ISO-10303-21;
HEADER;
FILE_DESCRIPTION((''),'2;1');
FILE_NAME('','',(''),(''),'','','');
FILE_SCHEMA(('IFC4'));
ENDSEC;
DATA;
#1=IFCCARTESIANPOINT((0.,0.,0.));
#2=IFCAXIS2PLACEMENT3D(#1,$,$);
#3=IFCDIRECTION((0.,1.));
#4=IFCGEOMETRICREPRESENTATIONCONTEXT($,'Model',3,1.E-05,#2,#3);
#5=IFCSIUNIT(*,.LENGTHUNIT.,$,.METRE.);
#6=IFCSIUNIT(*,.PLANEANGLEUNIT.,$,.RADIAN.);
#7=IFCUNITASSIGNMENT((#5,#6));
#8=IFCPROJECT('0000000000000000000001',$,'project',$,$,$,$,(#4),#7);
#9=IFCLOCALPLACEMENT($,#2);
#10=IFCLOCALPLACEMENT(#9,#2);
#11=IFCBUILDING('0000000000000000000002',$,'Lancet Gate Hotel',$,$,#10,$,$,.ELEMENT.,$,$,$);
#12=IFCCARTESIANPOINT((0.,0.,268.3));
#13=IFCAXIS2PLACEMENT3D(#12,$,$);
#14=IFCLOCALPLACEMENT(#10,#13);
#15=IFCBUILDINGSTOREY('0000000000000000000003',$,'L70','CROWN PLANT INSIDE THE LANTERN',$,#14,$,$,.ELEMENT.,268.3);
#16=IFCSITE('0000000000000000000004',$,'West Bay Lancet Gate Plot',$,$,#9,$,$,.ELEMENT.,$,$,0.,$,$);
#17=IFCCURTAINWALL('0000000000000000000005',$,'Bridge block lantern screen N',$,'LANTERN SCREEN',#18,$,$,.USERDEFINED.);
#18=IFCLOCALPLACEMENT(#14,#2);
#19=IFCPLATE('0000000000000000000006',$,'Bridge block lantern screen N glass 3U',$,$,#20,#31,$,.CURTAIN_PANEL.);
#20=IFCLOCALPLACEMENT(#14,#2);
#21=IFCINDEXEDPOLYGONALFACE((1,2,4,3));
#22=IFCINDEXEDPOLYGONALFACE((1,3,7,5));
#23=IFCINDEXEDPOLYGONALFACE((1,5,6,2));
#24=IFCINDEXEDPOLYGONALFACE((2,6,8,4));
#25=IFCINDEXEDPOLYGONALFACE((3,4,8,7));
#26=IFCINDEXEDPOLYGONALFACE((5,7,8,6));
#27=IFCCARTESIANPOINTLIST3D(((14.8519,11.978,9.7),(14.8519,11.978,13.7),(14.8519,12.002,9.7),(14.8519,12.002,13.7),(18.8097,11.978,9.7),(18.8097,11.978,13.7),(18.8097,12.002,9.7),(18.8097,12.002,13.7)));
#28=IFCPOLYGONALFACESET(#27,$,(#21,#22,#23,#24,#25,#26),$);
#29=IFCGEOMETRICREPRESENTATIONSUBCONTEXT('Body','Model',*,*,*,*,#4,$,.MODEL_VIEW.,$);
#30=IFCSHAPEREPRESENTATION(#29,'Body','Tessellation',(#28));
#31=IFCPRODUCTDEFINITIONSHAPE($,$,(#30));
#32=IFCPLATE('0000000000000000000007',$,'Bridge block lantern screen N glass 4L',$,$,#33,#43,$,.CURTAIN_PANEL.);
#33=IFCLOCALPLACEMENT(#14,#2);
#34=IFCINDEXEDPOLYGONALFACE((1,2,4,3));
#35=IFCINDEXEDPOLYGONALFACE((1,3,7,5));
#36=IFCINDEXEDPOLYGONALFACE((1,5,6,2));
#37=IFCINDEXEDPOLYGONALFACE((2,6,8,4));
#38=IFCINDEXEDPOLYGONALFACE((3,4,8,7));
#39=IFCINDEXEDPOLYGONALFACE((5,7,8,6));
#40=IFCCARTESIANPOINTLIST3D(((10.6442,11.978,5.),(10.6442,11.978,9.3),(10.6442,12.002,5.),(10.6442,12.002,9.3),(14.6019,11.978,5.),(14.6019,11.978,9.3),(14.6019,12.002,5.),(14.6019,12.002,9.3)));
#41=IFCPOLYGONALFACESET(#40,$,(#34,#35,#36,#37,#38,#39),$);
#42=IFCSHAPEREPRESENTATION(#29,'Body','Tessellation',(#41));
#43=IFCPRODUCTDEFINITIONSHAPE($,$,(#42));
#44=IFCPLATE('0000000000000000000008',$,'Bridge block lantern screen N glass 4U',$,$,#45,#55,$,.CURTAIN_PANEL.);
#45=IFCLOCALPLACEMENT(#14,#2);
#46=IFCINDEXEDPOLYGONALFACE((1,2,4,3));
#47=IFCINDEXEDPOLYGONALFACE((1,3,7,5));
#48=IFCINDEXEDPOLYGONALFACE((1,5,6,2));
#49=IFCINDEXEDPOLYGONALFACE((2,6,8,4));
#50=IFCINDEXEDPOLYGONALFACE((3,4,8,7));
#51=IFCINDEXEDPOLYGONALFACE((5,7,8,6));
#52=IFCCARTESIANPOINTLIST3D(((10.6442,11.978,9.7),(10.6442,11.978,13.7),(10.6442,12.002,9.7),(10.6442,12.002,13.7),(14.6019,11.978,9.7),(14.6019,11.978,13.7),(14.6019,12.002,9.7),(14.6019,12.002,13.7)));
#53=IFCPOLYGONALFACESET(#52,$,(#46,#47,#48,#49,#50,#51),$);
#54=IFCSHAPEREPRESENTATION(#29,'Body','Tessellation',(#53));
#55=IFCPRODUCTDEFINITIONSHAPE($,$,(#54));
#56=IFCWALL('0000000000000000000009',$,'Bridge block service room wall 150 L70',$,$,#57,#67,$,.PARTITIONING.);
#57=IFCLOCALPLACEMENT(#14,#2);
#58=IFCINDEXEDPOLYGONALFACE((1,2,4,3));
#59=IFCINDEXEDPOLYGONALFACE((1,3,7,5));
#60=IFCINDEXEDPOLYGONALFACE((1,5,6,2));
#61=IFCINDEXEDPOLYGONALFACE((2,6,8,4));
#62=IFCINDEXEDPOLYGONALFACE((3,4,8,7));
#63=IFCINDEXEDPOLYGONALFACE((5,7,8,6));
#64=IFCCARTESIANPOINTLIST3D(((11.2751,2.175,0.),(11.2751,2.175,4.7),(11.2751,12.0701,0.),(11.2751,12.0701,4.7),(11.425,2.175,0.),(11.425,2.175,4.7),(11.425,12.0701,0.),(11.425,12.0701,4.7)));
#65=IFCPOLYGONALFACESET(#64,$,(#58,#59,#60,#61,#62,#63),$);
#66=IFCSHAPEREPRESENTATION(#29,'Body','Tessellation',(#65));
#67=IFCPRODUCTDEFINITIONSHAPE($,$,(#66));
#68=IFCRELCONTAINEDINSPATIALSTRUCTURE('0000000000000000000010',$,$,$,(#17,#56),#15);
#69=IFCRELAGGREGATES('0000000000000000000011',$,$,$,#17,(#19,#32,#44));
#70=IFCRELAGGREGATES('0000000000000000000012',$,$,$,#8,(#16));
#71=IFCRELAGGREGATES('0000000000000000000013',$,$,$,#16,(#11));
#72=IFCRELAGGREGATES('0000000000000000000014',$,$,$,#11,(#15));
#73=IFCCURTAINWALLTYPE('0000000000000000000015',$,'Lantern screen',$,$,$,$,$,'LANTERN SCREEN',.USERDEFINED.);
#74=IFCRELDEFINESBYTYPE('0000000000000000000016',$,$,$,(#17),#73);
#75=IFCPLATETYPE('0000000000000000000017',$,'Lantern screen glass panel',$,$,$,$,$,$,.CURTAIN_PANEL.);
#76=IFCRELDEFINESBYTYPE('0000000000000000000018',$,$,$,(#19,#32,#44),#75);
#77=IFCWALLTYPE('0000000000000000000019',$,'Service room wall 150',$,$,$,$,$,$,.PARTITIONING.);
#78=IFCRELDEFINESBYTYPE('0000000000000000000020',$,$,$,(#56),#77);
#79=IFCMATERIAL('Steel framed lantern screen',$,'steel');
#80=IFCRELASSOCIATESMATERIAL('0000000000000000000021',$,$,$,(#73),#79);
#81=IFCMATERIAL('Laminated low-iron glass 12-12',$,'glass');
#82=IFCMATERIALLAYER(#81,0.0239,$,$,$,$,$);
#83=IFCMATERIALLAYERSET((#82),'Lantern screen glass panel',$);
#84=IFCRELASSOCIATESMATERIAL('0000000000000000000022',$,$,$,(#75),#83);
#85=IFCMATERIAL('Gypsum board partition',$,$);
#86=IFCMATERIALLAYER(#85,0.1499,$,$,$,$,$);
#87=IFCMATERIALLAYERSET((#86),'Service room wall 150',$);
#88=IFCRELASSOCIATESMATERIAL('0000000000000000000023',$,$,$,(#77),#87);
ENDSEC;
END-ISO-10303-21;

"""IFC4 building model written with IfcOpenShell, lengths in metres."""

from ifc_helpers import new_model, si_unit, direction, frame, frame_2d, origin, origin_2d, place, context, subcontext, project, spatial, rectangle, extrude, material, layer, layer_set, type_object, element, aggregate, save


model = new_model("IFC4")

# Units and contexts
model_context = context("Model", 3, precision=1e-05, world=origin(), true_north=direction((0.0, 1.0)))
body_context = subcontext(model_context, "Body", "Model", "MODEL_VIEW")
ifc_project = project(units=[si_unit("LENGTHUNIT", "METRE"), si_unit("PLANEANGLEUNIT", "RADIAN")], contexts=[model_context])

# Site, building, storey
site_placement = place(None, origin())
site = spatial("IfcSite", under=ifc_project, at=site_placement, Name="West Bay Lancet Gate Plot", CompositionType="ELEMENT", RefElevation=0.0)
building_placement = place(site_placement, origin())
building = spatial("IfcBuilding", under=site, at=building_placement, Name="Lancet Gate Hotel", CompositionType="ELEMENT")
storey_placement = place(building_placement, frame((0.0, 0.0, 268.3)))
storey = spatial("IfcBuildingStorey", under=building, at=storey_placement, Name="L70", Description="CROWN PLANT INSIDE THE LANTERN", CompositionType="ELEMENT", Elevation=268.3)

# Curtain wall
ifc_material_1 = material(Name="Steel framed lantern screen", Category="steel")
curtain_wall_type_1 = type_object("IfcCurtainWallType", Name="Lantern screen", ElementType="LANTERN SCREEN", PredefinedType="USERDEFINED", material=ifc_material_1)
curtain_wall_1_placement = place(storey_placement, origin())
curtain_wall_1 = element("IfcCurtainWall", 1, at=curtain_wall_1_placement, inside=storey, type_object=curtain_wall_type_1, Name="Bridge block lantern screen N", ObjectType="LANTERN SCREEN", PredefinedType="USERDEFINED")

# Plates
ifc_material_2 = material(Name="Laminated low-iron glass 12-12", Category="glass")
ifc_layer_1 = layer(ifc_material_2, 0.0239)
ifc_layer_set_1 = layer_set([ifc_layer_1], Name="Lantern screen glass panel")
plate_type_1 = type_object("IfcPlateType", Name="Lantern screen glass panel", PredefinedType="CURTAIN_PANEL", material=ifc_layer_set_1)
plate_1_placement = place(storey_placement, frame((16.8308, 11.99, 9.7), z_axis=(0.0, 0.0, 1.0), x_axis=(-1.0, 0.0, 0.0)))
plate_1 = element("IfcPlate", 2, at=plate_1_placement, type_object=plate_type_1, Name="Bridge block lantern screen N glass 3U", PredefinedType="CURTAIN_PANEL", context=body_context, shape_type="SweptSolid", body=[
    extrude(rectangle(XDim=3.9578, YDim=0.0239, at=origin_2d()), origin(), (0.0, 0.0, 1.0), 4.0),
])
plate_2_placement = place(storey_placement, frame((12.623, 11.99, 5.0), z_axis=(0.0, 0.0, 1.0), x_axis=(-1.0, 0.0, 0.0)))
plate_2 = element("IfcPlate", 3, at=plate_2_placement, type_object=plate_type_1, Name="Bridge block lantern screen N glass 4L", PredefinedType="CURTAIN_PANEL", context=body_context, shape_type="SweptSolid", body=[
    extrude(rectangle(XDim=3.9578, YDim=0.0239, at=origin_2d()), origin(), (0.0, 0.0, 1.0), 4.3),
])
plate_3_placement = place(storey_placement, frame((12.623, 11.99, 9.7), z_axis=(0.0, 0.0, 1.0), x_axis=(-1.0, 0.0, 0.0)))
plate_3 = element("IfcPlate", 4, at=plate_3_placement, type_object=plate_type_1, Name="Bridge block lantern screen N glass 4U", PredefinedType="CURTAIN_PANEL", context=body_context, shape_type="SweptSolid", body=[
    extrude(rectangle(XDim=3.9578, YDim=0.0239, at=origin_2d()), origin(), (0.0, 0.0, 1.0), 4.0),
])
aggregate(curtain_wall_1, [plate_1, plate_2, plate_3])

# Wall
ifc_material_3 = material(Name="Gypsum board partition")
ifc_layer_2 = layer(ifc_material_3, 0.1499)
ifc_layer_set_2 = layer_set([ifc_layer_2], Name="Service room wall 150")
wall_type = type_object("IfcWallType", Name="Service room wall 150", PredefinedType="PARTITIONING", material=ifc_layer_set_2)
wall_placement = place(storey_placement, frame((11.3501, 2.175, 0.0), z_axis=(0.0, 0.0, 1.0), x_axis=(0.0, 1.0, 0.0)))
element("IfcWall", 5, at=wall_placement, inside=storey, type_object=wall_type, Name="Bridge block service room wall 150 L70", PredefinedType="PARTITIONING", context=body_context, shape_type="SweptSolid", body=[
    extrude(rectangle(XDim=9.895, YDim=0.1499, at=frame_2d((4.9475, 0.0))), origin(), (0.0, 0.0, 1.0), 4.7),
])

save(model, "model.ifc")
